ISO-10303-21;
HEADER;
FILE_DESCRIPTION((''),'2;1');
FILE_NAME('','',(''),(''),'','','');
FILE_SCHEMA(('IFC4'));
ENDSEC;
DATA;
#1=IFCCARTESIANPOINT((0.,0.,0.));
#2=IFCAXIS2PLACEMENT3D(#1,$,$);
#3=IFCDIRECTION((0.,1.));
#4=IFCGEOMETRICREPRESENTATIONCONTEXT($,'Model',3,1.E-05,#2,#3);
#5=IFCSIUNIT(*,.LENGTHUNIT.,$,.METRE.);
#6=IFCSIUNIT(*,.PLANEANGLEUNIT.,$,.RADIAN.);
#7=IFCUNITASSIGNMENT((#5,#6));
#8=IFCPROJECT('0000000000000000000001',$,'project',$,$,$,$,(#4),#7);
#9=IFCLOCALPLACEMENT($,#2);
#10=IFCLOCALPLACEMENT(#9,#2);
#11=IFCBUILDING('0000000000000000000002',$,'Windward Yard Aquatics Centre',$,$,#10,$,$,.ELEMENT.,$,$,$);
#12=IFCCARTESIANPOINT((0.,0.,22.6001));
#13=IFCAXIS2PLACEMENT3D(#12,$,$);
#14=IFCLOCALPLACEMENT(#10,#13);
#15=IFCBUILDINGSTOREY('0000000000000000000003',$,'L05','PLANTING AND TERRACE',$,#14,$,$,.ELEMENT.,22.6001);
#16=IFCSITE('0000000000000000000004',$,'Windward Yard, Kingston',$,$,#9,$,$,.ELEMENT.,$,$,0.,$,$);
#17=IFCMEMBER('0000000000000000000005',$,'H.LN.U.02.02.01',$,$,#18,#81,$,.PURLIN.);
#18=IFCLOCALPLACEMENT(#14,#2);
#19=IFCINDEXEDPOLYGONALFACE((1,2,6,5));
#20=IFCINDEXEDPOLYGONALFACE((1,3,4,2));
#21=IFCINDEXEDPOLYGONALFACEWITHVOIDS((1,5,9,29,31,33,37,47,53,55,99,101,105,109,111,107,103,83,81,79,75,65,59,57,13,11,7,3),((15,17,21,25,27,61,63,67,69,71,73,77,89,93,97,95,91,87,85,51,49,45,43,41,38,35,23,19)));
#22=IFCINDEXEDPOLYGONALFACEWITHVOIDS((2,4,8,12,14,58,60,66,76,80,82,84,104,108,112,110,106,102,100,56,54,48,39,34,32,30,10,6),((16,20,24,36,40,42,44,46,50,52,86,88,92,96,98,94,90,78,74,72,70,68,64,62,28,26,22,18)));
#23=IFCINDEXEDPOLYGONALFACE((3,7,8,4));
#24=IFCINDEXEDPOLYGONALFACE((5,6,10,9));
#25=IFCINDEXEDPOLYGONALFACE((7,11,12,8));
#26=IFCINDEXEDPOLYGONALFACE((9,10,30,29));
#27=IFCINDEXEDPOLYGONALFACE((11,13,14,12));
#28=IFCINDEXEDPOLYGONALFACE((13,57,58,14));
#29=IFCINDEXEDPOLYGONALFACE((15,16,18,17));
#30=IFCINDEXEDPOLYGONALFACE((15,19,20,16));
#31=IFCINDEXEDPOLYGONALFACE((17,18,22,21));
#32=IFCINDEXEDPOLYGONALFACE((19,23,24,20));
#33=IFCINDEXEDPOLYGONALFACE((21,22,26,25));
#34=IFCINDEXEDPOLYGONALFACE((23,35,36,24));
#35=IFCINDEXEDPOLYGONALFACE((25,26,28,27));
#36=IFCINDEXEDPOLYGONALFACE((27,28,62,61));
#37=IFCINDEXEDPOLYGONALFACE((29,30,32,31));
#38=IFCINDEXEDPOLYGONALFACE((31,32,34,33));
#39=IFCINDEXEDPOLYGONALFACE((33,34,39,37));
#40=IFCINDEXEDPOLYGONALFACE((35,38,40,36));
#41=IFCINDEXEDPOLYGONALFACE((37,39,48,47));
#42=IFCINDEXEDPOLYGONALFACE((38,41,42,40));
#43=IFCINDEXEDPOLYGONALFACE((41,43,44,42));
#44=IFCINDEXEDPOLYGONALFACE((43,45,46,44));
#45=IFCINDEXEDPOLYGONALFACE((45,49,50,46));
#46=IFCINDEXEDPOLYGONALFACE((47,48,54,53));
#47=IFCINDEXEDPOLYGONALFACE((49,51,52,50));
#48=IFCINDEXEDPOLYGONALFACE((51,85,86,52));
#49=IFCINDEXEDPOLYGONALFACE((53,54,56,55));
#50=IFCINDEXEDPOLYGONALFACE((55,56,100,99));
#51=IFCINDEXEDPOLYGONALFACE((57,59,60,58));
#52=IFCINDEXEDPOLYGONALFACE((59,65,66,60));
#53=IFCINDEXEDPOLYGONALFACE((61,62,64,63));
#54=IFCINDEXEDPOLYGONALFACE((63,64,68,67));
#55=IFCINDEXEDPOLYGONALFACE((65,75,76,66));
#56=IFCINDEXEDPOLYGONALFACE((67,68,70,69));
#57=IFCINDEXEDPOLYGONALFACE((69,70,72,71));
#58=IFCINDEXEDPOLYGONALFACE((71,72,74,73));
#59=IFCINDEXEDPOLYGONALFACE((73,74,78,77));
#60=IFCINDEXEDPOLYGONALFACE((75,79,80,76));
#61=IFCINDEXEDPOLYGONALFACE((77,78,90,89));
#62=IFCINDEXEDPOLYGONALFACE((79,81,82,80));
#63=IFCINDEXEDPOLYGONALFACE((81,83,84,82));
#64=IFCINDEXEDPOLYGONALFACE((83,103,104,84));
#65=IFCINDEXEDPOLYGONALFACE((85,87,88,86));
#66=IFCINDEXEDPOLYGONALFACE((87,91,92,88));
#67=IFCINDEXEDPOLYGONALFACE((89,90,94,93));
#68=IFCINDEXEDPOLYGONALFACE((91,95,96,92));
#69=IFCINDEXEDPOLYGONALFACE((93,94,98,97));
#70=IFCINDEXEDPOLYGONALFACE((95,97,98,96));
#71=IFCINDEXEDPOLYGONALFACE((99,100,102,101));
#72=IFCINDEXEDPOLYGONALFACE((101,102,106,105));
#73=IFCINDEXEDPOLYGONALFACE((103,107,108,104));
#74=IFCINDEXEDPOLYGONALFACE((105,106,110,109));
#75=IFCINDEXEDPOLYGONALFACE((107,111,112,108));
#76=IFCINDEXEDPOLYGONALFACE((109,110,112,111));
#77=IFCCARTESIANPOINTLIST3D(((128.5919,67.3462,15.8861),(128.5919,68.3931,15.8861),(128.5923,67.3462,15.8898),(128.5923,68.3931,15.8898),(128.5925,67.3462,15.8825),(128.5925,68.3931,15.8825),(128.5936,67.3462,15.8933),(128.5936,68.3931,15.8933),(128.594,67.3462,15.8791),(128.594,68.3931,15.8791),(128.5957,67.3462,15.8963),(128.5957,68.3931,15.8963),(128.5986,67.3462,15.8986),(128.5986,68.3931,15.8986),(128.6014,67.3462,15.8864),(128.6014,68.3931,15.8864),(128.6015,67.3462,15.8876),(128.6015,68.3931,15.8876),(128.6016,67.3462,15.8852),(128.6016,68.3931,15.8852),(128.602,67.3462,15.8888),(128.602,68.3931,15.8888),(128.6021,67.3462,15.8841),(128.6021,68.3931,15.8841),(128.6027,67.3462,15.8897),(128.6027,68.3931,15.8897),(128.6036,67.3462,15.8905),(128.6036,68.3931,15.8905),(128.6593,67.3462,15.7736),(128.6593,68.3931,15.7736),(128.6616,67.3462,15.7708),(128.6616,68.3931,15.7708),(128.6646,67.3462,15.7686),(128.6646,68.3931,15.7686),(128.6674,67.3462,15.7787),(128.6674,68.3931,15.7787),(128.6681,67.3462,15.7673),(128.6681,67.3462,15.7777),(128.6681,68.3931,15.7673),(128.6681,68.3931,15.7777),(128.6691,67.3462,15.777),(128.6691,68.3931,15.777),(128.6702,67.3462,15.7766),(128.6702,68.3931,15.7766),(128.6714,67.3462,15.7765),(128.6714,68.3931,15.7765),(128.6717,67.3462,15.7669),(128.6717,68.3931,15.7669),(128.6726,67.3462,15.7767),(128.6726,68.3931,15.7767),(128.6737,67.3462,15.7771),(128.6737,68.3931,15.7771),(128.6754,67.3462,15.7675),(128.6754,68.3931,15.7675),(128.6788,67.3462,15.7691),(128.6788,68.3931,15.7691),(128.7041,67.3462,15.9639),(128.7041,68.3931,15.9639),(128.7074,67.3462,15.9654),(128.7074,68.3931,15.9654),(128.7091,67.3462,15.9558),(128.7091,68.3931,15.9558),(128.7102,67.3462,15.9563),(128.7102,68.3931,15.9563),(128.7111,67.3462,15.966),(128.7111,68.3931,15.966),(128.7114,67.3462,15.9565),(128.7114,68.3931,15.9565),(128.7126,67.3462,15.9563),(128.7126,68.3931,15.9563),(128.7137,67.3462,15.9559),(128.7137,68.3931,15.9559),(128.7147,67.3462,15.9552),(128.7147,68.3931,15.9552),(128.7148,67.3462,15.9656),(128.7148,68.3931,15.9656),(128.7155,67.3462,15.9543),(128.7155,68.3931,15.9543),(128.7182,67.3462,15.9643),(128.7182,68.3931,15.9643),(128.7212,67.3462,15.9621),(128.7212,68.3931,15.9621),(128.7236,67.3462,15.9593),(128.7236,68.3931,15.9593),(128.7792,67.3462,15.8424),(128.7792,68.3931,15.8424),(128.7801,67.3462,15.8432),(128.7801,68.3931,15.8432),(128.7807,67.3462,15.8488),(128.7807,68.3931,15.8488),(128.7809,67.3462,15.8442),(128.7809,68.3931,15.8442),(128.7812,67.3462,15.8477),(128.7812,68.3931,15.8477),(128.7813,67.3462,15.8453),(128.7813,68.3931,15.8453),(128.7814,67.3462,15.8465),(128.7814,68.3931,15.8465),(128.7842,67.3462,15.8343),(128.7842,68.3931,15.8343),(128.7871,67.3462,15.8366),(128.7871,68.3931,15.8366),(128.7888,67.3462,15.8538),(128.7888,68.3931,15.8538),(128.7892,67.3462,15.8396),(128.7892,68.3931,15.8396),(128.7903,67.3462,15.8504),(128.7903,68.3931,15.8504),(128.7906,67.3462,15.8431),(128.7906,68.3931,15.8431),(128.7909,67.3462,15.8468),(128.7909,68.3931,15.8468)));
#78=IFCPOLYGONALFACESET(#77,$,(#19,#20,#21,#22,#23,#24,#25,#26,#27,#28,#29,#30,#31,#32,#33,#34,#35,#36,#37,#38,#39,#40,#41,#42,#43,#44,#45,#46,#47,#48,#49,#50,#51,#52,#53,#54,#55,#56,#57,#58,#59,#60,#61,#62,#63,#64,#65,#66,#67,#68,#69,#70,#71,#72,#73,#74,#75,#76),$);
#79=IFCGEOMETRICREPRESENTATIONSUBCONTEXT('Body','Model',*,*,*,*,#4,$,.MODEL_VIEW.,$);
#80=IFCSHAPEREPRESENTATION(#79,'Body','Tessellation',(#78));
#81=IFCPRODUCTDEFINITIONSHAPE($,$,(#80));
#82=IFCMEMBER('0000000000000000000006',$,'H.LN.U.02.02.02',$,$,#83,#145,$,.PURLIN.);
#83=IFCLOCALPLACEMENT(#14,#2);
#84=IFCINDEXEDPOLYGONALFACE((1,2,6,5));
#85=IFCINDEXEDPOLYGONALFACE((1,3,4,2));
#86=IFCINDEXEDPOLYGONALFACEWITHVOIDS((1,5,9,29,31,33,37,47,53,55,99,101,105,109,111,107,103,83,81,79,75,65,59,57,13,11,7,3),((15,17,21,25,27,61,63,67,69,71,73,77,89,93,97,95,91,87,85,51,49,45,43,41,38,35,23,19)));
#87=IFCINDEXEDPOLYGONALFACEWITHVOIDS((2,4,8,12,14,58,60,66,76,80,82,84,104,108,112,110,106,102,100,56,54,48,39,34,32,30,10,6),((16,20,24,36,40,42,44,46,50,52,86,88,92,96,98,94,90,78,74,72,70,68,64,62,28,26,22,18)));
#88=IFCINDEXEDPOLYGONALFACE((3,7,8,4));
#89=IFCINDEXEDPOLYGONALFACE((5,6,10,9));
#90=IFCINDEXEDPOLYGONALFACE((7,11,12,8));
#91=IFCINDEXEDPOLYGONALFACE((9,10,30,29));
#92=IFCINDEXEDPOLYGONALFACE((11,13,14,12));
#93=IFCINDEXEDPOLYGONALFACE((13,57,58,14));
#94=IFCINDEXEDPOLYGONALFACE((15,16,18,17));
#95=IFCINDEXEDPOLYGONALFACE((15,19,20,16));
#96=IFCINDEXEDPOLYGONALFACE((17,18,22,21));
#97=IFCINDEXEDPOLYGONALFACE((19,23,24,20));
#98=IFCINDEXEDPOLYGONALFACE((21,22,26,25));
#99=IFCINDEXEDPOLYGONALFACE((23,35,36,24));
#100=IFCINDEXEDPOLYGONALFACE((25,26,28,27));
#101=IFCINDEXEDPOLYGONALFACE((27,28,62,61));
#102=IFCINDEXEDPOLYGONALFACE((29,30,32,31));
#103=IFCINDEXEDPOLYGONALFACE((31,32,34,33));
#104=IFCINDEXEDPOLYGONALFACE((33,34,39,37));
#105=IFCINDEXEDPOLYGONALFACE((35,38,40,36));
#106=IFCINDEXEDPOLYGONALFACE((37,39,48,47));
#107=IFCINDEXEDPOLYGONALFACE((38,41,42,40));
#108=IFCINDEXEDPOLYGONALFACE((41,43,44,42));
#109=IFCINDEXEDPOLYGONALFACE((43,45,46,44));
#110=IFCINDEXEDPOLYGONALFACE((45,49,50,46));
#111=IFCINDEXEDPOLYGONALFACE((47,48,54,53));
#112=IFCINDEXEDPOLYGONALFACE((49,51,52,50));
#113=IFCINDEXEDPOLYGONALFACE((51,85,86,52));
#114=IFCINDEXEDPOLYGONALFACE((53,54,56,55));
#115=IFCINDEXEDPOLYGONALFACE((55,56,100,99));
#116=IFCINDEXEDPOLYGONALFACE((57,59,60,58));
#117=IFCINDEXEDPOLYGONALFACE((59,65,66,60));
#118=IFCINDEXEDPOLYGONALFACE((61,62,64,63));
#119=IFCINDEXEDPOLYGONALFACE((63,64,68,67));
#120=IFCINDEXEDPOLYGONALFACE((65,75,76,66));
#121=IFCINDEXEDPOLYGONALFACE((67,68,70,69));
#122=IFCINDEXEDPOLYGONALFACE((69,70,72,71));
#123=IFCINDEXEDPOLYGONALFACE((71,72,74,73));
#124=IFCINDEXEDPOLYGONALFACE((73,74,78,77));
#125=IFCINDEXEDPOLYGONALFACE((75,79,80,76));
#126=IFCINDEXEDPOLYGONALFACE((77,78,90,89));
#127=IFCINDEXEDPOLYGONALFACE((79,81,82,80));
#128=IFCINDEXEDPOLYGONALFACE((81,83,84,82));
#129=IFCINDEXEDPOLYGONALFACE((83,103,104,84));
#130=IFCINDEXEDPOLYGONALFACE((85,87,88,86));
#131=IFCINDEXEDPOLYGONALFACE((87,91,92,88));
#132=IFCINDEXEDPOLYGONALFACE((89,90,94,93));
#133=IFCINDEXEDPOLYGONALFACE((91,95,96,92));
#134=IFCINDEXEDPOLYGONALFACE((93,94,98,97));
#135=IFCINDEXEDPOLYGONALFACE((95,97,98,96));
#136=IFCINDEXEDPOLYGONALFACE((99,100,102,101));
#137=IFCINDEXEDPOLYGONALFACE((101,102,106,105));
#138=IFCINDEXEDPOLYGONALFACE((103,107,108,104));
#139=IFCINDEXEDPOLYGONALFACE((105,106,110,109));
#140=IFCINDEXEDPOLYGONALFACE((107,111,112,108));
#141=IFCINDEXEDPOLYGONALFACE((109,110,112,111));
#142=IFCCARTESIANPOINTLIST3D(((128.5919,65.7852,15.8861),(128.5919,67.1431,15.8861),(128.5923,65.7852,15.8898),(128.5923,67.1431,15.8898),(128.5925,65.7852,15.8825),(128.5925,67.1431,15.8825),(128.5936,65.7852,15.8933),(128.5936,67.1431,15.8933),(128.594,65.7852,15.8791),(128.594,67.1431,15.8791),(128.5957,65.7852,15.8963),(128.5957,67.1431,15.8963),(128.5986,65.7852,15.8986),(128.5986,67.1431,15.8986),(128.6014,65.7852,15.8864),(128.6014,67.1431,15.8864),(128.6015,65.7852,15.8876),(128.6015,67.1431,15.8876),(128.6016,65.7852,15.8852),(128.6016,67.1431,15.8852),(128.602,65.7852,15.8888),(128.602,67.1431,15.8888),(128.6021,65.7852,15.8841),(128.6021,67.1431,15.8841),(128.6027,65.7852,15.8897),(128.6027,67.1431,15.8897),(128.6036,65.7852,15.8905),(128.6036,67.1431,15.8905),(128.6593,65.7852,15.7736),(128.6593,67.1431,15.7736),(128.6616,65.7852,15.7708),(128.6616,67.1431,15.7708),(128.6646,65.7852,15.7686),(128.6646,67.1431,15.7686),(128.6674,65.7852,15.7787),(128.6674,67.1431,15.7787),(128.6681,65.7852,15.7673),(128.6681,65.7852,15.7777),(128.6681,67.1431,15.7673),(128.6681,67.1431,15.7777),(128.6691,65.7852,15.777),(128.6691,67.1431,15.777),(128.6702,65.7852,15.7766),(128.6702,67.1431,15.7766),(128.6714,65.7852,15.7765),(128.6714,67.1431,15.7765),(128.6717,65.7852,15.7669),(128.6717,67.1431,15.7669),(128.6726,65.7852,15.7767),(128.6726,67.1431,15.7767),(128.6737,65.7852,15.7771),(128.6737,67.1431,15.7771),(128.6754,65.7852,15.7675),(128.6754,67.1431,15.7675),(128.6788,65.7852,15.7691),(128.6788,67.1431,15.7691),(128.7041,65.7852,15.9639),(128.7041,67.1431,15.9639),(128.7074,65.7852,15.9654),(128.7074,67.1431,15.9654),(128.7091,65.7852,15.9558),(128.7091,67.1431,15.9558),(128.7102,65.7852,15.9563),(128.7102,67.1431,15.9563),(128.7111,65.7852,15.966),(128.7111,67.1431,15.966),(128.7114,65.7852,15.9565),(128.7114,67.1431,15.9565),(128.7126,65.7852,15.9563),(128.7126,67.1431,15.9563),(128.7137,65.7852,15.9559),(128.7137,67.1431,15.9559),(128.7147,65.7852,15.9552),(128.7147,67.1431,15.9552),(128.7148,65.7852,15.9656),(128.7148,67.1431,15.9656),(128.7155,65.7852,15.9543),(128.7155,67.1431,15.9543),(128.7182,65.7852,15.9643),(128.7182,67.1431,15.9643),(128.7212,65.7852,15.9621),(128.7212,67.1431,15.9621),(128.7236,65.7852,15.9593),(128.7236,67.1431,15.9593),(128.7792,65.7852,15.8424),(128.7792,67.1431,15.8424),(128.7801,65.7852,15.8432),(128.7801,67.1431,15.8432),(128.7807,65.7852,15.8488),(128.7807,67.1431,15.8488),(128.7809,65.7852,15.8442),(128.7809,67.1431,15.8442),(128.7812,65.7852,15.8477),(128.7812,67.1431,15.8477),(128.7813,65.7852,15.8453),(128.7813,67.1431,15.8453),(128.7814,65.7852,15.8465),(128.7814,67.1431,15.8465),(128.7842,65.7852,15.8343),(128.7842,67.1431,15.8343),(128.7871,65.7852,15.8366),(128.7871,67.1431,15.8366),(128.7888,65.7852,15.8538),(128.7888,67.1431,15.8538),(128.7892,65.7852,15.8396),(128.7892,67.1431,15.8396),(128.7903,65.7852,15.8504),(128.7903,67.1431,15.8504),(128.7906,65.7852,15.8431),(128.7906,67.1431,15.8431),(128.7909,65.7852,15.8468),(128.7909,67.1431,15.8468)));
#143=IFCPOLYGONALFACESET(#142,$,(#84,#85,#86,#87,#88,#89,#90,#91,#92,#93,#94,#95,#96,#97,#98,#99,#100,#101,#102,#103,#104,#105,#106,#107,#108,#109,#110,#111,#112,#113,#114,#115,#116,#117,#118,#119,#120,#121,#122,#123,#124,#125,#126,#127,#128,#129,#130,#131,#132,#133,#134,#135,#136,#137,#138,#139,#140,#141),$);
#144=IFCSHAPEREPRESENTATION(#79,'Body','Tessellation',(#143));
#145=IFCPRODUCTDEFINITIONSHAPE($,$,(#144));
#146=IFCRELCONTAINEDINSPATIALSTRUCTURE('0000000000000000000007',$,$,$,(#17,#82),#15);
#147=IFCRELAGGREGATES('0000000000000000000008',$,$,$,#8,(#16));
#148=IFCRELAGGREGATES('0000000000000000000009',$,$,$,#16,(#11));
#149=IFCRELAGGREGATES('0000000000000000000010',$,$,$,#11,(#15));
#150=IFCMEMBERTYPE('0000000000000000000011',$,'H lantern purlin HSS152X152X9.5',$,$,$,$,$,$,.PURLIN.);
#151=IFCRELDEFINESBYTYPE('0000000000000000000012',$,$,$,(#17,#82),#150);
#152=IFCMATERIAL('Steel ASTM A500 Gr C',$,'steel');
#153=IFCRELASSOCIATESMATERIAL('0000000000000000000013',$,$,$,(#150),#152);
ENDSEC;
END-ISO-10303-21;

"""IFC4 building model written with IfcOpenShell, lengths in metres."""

from ifc_helpers import new_model, si_unit, direction, frame, origin, origin_2d, place, context, subcontext, project, spatial, hollow_rectangle, extrude, material, material_profile, profile_set, type_object, element, save


model = new_model("IFC4")

# Units and contexts
model_context = context("Model", 3, precision=1e-05, world=origin(), true_north=direction((0.0, 1.0)))
body_context = subcontext(model_context, "Body", "Model", "MODEL_VIEW")
ifc_project = project(units=[si_unit("LENGTHUNIT", "METRE"), si_unit("PLANEANGLEUNIT", "RADIAN")], contexts=[model_context])

# Site, building, storey
site_placement = place(None, origin())
site = spatial("IfcSite", under=ifc_project, at=site_placement, Name="Windward Yard, Kingston", CompositionType="ELEMENT", RefElevation=0.0)
building_placement = place(site_placement, origin())
building = spatial("IfcBuilding", under=site, at=building_placement, Name="Windward Yard Aquatics Centre", CompositionType="ELEMENT")
storey_placement = place(building_placement, frame((0.0, 0.0, 22.6001)))
storey = spatial("IfcBuildingStorey", under=building, at=storey_placement, Name="L05", Description="PLANTING AND TERRACE", CompositionType="ELEMENT", Elevation=22.6001)

# Members
ifc_material_1 = material(Name="Steel ASTM A500 Gr C", Category="steel")
ifc_material_profile = material_profile(ifc_material_1, hollow_rectangle(XDim=0.1523, YDim=0.1523, WallThickness=0.0095, InnerFilletRadius=0.0046, OuterFilletRadius=0.0142, at=origin_2d()), Name="HSS152X152X9.5")
ifc_profile_set = profile_set([ifc_material_profile], Name="Steel ASTM A500 Gr C")
member_type = type_object("IfcMemberType", Name="H lantern purlin HSS152X152X9.5", PredefinedType="PURLIN", material=ifc_profile_set)
member_1_placement = place(storey_placement, frame((128.6914, 68.3931, 15.8665), z_axis=(0.0, -1.0, 0.0), x_axis=(0.526172, 0.0, -0.850378)))
element("IfcMember", 1, at=member_1_placement, inside=storey, type_object=member_type, Name="H.LN.U.02.02.01", PredefinedType="PURLIN", context=body_context, shape_type="SweptSolid", body=[
    extrude(hollow_rectangle(XDim=0.1523, YDim=0.1523, WallThickness=0.0095, InnerFilletRadius=0.0046, OuterFilletRadius=0.0142, at=origin_2d()), origin(), (0.0, 0.0, 1.0), 1.0469),
])
member_2_placement = place(storey_placement, frame((128.6914, 67.1431, 15.8665), z_axis=(0.0, -1.0, 0.0), x_axis=(0.526172, 0.0, -0.850378)))
element("IfcMember", 2, at=member_2_placement, inside=storey, type_object=member_type, Name="H.LN.U.02.02.02", PredefinedType="PURLIN", context=body_context, shape_type="SweptSolid", body=[
    extrude(hollow_rectangle(XDim=0.1523, YDim=0.1523, WallThickness=0.0095, InnerFilletRadius=0.0046, OuterFilletRadius=0.0142, at=origin_2d()), origin(), (0.0, 0.0, 1.0), 1.3579),
])

save(model, "model.ifc")
